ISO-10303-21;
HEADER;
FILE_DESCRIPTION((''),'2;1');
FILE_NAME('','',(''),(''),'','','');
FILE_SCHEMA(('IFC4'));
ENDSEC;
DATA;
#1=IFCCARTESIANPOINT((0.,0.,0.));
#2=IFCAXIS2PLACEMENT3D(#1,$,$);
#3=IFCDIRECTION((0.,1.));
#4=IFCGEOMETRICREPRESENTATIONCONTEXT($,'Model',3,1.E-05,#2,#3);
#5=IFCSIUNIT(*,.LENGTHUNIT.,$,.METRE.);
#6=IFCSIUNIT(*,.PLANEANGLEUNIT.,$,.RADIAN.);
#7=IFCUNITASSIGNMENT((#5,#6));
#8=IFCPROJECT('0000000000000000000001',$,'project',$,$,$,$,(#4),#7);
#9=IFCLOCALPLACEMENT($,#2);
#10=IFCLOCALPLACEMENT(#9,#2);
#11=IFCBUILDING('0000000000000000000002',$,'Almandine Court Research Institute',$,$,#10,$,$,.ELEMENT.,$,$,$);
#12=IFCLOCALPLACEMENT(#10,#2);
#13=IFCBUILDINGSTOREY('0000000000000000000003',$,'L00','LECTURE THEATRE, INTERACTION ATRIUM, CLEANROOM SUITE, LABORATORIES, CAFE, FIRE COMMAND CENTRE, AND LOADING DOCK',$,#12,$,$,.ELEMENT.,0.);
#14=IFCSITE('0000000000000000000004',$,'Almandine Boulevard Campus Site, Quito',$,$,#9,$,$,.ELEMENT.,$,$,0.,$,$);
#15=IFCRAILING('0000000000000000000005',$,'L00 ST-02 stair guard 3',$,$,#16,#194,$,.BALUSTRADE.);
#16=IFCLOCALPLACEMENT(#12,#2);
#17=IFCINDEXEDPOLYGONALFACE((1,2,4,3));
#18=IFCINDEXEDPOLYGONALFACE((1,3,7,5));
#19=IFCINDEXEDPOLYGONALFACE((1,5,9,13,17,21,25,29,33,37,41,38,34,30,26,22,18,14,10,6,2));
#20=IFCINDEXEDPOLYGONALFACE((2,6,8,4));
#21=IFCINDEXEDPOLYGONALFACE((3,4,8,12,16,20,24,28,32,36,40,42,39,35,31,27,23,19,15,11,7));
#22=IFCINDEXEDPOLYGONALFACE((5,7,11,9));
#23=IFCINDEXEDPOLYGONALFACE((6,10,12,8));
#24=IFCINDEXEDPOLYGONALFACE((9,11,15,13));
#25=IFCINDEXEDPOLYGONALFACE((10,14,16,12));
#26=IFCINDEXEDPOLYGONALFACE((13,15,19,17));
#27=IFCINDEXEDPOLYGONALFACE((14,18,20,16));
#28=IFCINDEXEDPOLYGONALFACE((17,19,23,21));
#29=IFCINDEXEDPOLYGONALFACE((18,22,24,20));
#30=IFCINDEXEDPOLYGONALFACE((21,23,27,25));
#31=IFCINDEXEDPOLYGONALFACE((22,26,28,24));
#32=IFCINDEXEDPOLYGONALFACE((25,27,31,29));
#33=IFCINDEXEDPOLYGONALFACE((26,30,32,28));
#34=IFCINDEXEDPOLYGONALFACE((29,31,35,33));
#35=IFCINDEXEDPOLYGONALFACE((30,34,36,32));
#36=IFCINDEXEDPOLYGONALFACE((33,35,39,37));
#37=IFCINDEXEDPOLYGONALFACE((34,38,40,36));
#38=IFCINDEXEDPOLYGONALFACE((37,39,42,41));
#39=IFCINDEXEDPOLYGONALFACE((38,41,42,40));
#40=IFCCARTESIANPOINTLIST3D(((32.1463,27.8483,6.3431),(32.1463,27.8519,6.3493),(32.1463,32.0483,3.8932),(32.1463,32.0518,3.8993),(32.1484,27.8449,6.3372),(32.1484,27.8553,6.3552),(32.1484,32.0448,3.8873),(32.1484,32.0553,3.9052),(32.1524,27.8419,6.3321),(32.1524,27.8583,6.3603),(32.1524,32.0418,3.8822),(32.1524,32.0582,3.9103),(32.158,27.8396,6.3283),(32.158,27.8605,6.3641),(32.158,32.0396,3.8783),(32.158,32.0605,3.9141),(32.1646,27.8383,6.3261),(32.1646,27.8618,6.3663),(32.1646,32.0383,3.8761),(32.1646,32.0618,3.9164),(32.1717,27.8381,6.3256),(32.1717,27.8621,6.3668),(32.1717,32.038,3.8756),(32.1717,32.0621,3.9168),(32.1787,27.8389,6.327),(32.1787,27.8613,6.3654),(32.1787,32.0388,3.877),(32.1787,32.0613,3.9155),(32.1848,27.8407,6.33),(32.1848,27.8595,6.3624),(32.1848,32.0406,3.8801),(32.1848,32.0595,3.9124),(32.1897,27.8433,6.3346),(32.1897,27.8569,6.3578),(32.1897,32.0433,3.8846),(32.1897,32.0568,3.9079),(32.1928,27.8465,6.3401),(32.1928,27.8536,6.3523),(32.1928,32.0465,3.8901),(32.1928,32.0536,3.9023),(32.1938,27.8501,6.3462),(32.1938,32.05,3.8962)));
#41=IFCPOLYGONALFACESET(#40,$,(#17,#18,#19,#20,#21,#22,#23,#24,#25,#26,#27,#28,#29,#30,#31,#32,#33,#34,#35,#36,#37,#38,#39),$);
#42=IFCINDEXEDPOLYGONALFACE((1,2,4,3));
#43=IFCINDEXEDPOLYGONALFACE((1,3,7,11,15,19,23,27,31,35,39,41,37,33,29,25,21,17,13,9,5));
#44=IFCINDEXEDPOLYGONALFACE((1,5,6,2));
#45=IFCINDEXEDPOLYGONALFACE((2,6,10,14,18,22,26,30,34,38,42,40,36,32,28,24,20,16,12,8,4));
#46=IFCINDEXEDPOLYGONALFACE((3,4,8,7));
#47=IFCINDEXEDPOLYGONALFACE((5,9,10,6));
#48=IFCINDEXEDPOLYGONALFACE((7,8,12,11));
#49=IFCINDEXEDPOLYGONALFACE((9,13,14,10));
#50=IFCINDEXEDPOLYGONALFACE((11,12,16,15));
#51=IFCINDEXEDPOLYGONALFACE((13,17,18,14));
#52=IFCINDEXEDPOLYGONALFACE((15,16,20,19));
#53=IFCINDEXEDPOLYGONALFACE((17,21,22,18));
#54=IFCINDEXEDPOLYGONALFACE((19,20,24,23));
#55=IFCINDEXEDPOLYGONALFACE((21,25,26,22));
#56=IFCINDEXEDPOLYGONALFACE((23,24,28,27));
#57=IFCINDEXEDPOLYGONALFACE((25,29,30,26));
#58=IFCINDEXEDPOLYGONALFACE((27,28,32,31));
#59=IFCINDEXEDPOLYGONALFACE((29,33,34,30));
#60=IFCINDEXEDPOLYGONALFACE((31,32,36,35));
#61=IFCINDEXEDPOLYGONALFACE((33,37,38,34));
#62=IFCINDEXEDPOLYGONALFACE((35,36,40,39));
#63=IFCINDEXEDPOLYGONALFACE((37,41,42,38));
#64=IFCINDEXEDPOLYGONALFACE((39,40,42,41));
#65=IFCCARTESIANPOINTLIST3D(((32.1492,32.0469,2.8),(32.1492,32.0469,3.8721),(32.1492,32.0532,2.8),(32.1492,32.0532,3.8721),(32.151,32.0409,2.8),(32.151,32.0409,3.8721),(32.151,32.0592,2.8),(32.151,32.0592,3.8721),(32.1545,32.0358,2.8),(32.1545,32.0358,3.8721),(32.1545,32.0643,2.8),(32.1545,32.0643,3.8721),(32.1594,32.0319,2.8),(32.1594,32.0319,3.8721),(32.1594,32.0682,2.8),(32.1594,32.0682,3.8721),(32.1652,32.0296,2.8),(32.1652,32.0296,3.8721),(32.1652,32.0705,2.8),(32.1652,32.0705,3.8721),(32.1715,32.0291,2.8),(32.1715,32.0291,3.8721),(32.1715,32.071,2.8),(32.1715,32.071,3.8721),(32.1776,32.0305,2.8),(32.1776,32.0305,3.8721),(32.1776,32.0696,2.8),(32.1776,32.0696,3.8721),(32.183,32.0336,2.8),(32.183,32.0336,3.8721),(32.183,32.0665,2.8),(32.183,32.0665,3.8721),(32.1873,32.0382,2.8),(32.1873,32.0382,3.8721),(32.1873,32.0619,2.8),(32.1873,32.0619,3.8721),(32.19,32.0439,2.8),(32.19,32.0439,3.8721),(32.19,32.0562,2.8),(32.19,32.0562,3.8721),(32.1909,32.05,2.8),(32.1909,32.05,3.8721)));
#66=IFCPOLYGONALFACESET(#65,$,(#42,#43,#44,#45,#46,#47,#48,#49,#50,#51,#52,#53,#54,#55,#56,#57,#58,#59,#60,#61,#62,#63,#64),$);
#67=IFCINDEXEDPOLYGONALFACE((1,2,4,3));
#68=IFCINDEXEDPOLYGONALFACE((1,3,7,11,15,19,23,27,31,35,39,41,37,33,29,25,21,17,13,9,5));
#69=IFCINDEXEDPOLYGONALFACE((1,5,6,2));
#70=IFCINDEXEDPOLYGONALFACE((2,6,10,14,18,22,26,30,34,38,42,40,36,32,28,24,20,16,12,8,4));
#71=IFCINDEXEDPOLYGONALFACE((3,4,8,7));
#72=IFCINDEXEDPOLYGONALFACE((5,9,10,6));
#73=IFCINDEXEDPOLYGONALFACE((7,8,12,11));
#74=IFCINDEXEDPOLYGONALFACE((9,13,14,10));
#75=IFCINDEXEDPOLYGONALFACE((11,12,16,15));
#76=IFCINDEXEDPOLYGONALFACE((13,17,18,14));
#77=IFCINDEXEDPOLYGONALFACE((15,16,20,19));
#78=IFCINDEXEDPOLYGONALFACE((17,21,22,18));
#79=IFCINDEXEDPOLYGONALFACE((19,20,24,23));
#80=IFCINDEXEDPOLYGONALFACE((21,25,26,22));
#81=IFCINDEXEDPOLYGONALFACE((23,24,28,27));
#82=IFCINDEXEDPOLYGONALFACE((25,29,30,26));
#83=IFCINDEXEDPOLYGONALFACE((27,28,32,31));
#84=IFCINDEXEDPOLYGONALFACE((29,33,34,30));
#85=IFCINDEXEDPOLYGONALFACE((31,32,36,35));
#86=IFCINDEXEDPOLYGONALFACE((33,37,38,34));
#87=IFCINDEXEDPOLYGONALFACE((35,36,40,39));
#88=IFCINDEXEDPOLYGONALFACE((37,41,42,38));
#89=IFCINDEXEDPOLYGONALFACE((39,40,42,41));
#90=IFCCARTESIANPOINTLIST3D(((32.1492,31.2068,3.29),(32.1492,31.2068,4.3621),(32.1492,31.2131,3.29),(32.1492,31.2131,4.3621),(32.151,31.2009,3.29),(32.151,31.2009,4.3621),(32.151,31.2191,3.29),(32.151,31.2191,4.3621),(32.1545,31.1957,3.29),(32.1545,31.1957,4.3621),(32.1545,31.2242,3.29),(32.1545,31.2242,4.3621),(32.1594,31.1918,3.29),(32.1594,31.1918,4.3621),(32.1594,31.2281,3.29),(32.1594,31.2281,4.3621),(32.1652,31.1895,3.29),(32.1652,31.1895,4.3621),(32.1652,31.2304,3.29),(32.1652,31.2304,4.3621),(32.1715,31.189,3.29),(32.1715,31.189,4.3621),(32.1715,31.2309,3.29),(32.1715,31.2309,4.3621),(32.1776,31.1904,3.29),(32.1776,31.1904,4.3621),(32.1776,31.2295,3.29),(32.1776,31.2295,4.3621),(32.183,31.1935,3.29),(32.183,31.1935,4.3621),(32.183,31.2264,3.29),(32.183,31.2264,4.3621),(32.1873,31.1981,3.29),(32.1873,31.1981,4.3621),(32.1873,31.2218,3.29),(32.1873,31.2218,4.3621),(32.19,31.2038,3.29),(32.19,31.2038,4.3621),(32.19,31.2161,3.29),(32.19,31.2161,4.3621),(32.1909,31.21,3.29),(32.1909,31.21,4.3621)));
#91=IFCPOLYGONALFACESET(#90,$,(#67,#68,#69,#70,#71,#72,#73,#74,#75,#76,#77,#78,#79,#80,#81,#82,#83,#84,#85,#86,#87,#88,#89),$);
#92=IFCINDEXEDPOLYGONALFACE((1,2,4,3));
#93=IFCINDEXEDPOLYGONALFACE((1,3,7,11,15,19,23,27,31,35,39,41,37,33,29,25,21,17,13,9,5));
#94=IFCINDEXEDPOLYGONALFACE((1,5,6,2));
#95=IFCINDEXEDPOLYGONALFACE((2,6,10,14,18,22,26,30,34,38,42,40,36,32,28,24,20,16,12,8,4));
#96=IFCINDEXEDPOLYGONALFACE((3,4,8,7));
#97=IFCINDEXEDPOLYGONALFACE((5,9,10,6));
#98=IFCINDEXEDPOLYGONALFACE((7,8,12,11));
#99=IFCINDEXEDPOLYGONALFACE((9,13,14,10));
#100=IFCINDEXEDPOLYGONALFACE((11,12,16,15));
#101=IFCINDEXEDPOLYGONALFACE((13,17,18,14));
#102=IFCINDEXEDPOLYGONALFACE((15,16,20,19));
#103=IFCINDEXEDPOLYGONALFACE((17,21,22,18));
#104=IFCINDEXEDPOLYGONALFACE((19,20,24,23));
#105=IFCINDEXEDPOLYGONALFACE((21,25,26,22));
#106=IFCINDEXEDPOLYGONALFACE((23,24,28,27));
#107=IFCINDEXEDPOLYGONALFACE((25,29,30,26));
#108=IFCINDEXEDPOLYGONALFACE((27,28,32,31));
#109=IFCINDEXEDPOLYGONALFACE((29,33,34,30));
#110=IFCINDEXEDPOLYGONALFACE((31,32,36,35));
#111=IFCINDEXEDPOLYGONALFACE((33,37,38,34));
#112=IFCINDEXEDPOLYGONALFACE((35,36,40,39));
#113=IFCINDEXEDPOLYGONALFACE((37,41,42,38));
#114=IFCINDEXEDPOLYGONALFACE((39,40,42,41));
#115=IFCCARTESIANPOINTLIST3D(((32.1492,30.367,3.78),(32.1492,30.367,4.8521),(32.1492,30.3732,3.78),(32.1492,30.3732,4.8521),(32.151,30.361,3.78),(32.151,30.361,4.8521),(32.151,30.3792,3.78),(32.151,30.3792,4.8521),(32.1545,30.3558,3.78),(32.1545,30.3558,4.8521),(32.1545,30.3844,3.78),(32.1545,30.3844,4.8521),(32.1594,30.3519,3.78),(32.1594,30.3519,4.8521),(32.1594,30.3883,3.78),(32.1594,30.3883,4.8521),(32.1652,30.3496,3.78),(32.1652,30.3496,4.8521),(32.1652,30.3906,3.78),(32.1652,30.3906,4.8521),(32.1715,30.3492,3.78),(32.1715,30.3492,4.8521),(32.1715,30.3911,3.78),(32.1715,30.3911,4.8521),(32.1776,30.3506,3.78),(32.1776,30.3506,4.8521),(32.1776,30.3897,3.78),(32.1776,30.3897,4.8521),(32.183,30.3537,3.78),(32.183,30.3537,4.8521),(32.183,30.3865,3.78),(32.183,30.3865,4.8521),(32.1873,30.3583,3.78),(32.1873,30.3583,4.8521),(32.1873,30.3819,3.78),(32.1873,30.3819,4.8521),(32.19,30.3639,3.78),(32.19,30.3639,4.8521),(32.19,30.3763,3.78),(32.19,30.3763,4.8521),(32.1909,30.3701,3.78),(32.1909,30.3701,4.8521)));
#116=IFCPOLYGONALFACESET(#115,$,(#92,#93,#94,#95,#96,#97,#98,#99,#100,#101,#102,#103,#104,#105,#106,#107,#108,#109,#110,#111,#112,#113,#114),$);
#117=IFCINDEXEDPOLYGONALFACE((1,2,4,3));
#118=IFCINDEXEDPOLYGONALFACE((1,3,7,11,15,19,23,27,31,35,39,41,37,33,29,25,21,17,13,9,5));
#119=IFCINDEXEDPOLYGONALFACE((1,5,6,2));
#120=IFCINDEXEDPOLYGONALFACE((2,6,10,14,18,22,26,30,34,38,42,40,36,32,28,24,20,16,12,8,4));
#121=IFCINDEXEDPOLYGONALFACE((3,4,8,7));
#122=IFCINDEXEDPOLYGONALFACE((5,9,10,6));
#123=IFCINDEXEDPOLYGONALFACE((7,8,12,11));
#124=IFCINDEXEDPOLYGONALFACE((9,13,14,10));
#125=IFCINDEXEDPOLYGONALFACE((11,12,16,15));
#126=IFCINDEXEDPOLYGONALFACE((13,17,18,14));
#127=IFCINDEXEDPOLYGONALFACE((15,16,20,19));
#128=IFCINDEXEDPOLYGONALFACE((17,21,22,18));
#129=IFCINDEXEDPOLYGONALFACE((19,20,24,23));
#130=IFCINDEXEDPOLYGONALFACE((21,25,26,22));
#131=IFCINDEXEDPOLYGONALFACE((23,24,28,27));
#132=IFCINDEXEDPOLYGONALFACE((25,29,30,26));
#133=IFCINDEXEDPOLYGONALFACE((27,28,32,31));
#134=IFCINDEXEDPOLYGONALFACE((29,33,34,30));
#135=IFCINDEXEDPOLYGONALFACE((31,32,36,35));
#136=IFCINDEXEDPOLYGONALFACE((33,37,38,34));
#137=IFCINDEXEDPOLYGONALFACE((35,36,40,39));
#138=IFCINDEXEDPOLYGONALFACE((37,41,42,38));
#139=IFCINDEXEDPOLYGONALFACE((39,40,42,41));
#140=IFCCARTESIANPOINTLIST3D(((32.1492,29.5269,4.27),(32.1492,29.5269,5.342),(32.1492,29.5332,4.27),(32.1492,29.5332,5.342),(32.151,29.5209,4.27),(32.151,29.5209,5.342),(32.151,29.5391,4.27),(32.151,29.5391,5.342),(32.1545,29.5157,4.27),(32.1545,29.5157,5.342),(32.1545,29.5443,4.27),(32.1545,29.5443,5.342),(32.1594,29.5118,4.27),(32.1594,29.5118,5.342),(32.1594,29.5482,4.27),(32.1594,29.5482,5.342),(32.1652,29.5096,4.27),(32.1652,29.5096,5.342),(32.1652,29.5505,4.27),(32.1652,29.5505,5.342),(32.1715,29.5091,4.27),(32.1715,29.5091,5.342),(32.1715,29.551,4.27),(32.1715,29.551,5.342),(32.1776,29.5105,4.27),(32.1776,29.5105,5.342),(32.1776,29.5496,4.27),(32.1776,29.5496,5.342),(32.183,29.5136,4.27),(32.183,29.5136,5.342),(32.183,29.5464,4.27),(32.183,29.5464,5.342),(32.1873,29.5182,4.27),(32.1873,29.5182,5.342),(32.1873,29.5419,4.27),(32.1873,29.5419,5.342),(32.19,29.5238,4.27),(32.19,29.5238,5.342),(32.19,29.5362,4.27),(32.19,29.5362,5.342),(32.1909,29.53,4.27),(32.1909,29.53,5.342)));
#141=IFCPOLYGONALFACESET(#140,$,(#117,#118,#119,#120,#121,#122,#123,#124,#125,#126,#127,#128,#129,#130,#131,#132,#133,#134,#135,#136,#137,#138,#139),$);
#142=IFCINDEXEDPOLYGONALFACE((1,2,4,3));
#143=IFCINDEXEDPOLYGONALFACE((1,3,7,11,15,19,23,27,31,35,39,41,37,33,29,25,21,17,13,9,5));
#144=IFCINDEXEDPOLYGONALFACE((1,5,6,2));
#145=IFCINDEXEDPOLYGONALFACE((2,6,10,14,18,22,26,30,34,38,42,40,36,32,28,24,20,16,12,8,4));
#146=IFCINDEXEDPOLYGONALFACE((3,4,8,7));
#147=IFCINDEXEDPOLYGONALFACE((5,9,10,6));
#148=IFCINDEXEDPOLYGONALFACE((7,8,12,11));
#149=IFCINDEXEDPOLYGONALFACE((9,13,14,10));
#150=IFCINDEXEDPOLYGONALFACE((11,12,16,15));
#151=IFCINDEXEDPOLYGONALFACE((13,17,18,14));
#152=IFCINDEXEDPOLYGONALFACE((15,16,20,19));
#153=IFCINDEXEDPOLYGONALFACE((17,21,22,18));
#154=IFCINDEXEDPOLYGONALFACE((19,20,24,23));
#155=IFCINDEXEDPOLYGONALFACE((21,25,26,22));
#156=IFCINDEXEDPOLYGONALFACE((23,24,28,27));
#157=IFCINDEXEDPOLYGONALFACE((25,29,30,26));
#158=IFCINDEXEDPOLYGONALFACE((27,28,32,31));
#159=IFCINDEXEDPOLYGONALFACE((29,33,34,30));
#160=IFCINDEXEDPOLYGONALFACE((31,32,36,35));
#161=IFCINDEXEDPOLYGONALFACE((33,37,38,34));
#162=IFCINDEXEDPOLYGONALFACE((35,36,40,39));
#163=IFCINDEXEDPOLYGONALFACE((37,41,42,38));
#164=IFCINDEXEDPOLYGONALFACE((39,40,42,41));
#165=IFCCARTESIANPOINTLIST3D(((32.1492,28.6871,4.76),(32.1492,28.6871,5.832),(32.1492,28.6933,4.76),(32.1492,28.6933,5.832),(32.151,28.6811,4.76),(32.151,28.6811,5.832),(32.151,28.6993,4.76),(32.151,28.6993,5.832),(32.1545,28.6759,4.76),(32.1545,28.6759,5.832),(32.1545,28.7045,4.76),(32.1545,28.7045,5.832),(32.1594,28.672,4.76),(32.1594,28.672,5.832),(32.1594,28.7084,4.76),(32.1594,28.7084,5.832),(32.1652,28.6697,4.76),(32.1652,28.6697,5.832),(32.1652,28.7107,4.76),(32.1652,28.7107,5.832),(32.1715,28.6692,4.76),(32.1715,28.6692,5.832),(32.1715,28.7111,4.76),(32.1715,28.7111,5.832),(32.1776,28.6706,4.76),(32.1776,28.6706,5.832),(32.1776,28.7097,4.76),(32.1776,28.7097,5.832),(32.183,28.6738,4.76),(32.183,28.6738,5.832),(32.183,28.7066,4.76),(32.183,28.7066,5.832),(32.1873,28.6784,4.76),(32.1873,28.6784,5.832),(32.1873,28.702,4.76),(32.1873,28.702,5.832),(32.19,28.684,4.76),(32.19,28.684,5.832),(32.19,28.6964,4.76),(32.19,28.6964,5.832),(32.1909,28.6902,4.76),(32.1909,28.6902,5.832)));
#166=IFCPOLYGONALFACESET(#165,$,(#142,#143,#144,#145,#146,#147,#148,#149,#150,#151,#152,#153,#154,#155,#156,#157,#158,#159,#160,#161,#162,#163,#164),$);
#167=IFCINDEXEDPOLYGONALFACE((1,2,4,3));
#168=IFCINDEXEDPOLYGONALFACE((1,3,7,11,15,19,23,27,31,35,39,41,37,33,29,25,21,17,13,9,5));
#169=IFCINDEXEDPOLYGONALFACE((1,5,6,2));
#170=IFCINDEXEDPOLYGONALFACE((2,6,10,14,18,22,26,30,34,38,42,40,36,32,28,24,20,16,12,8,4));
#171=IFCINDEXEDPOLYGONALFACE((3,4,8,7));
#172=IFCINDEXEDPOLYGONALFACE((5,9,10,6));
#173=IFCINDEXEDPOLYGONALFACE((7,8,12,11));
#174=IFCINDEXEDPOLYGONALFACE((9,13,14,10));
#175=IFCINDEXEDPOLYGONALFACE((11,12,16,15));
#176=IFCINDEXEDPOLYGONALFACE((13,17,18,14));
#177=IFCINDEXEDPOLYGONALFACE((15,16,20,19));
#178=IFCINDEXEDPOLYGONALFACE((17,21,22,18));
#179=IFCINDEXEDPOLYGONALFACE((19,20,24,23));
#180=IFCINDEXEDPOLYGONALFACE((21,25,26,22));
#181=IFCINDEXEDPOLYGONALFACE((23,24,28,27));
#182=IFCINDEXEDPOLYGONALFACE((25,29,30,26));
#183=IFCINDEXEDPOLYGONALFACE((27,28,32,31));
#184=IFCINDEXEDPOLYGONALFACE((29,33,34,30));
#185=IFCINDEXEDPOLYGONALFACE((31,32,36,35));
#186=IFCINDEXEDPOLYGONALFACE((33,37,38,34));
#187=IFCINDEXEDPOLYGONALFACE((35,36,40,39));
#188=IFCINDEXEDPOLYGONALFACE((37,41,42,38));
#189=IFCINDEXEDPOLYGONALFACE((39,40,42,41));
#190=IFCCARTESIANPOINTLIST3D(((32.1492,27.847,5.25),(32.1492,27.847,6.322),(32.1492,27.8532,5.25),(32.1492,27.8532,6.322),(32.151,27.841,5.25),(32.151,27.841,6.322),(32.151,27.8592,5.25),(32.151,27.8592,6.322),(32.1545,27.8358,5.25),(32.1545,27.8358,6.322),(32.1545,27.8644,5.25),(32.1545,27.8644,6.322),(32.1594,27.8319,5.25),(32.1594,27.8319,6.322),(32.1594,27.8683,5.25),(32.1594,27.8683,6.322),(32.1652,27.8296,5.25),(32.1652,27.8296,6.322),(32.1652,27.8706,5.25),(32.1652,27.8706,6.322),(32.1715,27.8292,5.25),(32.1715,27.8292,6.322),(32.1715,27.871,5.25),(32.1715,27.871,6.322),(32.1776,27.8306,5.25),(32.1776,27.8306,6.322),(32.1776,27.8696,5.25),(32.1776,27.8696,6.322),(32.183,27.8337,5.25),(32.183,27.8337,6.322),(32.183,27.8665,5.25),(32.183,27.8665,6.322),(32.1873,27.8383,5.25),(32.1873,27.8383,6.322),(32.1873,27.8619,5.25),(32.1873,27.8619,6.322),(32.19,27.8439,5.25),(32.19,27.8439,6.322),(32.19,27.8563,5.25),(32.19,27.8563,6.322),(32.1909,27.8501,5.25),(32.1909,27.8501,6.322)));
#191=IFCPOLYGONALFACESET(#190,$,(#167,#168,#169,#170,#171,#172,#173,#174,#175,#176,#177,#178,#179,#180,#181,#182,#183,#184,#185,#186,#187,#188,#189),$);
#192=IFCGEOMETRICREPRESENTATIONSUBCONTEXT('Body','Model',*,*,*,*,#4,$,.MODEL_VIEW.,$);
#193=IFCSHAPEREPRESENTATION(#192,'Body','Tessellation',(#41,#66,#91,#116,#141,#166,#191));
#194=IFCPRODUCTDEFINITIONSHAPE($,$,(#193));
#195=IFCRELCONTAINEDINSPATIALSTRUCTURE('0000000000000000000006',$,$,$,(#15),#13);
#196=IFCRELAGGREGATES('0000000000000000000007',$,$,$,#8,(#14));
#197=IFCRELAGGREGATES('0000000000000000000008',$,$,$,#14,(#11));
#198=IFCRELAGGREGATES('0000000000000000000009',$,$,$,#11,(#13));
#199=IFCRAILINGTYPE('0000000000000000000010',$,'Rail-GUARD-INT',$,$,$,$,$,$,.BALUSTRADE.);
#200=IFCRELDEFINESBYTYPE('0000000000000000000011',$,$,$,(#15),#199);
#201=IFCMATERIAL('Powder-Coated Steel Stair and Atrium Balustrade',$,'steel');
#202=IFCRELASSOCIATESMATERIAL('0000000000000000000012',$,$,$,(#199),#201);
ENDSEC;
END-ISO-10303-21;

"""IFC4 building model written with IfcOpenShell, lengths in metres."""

from ifc_helpers import new_model, si_unit, direction, frame, origin, origin_2d, place, context, subcontext, project, spatial, circle, extrude, material, type_object, element, save


model = new_model("IFC4")

# Units and contexts
model_context = context("Model", 3, precision=1e-05, world=origin(), true_north=direction((0.0, 1.0)))
body_context = subcontext(model_context, "Body", "Model", "MODEL_VIEW")
ifc_project = project(units=[si_unit("LENGTHUNIT", "METRE"), si_unit("PLANEANGLEUNIT", "RADIAN")], contexts=[model_context])

# Site, building, storey
site_placement = place(None, origin())
site = spatial("IfcSite", under=ifc_project, at=site_placement, Name="Almandine Boulevard Campus Site, Quito", CompositionType="ELEMENT", RefElevation=0.0)
building_placement = place(site_placement, origin())
building = spatial("IfcBuilding", under=site, at=building_placement, Name="Almandine Court Research Institute", CompositionType="ELEMENT")
storey_placement = place(building_placement, origin())
storey = spatial("IfcBuildingStorey", under=building, at=storey_placement, Name="L00", Description="LECTURE THEATRE, INTERACTION ATRIUM, CLEANROOM SUITE, LABORATORIES, CAFE, FIRE COMMAND CENTRE, AND LOADING DOCK", CompositionType="ELEMENT", Elevation=0.0)

# Railing
ifc_material_1 = material(Name="Powder-Coated Steel Stair and Atrium Balustrade", Category="steel")
railing_type_1 = type_object("IfcRailingType", Name="Rail-GUARD-INT", PredefinedType="BALUSTRADE", material=ifc_material_1)
railing_1_placement = place(storey_placement, frame((32.1699, 32.05, 2.8)))
element("IfcRailing", 1, at=railing_1_placement, inside=storey, type_object=railing_type_1, Name="L00 ST-02 stair guard 3", PredefinedType="BALUSTRADE", context=body_context, shape_type="SweptSolid", body=[
    extrude(circle(Radius=0.0239, at=origin_2d()), frame((0.0, 0.0, 1.0962), z_axis=(0.0, -0.863781, 0.503868), x_axis=(1.0, 0.0, 0.0)), (0.0, 0.0, 1.0), 4.8623),
    extrude(circle(Radius=0.021, at=origin_2d()), origin(), (0.0, 0.0, 1.0), 1.072),
    extrude(circle(Radius=0.021, at=origin_2d()), frame((0.0, -0.8401, 0.49)), (0.0, 0.0, 1.0), 1.072),
    extrude(circle(Radius=0.021, at=origin_2d()), frame((0.0, -1.6799, 0.98)), (0.0, 0.0, 1.0), 1.072),
    extrude(circle(Radius=0.021, at=origin_2d()), frame((0.0, -2.52, 1.47)), (0.0, 0.0, 1.0), 1.072),
    extrude(circle(Radius=0.021, at=origin_2d()), frame((0.0, -3.3599, 1.96)), (0.0, 0.0, 1.0), 1.072),
    extrude(circle(Radius=0.021, at=origin_2d()), frame((0.0, -4.2, 2.45)), (0.0, 0.0, 1.0), 1.072),
])

save(model, "model.ifc")
